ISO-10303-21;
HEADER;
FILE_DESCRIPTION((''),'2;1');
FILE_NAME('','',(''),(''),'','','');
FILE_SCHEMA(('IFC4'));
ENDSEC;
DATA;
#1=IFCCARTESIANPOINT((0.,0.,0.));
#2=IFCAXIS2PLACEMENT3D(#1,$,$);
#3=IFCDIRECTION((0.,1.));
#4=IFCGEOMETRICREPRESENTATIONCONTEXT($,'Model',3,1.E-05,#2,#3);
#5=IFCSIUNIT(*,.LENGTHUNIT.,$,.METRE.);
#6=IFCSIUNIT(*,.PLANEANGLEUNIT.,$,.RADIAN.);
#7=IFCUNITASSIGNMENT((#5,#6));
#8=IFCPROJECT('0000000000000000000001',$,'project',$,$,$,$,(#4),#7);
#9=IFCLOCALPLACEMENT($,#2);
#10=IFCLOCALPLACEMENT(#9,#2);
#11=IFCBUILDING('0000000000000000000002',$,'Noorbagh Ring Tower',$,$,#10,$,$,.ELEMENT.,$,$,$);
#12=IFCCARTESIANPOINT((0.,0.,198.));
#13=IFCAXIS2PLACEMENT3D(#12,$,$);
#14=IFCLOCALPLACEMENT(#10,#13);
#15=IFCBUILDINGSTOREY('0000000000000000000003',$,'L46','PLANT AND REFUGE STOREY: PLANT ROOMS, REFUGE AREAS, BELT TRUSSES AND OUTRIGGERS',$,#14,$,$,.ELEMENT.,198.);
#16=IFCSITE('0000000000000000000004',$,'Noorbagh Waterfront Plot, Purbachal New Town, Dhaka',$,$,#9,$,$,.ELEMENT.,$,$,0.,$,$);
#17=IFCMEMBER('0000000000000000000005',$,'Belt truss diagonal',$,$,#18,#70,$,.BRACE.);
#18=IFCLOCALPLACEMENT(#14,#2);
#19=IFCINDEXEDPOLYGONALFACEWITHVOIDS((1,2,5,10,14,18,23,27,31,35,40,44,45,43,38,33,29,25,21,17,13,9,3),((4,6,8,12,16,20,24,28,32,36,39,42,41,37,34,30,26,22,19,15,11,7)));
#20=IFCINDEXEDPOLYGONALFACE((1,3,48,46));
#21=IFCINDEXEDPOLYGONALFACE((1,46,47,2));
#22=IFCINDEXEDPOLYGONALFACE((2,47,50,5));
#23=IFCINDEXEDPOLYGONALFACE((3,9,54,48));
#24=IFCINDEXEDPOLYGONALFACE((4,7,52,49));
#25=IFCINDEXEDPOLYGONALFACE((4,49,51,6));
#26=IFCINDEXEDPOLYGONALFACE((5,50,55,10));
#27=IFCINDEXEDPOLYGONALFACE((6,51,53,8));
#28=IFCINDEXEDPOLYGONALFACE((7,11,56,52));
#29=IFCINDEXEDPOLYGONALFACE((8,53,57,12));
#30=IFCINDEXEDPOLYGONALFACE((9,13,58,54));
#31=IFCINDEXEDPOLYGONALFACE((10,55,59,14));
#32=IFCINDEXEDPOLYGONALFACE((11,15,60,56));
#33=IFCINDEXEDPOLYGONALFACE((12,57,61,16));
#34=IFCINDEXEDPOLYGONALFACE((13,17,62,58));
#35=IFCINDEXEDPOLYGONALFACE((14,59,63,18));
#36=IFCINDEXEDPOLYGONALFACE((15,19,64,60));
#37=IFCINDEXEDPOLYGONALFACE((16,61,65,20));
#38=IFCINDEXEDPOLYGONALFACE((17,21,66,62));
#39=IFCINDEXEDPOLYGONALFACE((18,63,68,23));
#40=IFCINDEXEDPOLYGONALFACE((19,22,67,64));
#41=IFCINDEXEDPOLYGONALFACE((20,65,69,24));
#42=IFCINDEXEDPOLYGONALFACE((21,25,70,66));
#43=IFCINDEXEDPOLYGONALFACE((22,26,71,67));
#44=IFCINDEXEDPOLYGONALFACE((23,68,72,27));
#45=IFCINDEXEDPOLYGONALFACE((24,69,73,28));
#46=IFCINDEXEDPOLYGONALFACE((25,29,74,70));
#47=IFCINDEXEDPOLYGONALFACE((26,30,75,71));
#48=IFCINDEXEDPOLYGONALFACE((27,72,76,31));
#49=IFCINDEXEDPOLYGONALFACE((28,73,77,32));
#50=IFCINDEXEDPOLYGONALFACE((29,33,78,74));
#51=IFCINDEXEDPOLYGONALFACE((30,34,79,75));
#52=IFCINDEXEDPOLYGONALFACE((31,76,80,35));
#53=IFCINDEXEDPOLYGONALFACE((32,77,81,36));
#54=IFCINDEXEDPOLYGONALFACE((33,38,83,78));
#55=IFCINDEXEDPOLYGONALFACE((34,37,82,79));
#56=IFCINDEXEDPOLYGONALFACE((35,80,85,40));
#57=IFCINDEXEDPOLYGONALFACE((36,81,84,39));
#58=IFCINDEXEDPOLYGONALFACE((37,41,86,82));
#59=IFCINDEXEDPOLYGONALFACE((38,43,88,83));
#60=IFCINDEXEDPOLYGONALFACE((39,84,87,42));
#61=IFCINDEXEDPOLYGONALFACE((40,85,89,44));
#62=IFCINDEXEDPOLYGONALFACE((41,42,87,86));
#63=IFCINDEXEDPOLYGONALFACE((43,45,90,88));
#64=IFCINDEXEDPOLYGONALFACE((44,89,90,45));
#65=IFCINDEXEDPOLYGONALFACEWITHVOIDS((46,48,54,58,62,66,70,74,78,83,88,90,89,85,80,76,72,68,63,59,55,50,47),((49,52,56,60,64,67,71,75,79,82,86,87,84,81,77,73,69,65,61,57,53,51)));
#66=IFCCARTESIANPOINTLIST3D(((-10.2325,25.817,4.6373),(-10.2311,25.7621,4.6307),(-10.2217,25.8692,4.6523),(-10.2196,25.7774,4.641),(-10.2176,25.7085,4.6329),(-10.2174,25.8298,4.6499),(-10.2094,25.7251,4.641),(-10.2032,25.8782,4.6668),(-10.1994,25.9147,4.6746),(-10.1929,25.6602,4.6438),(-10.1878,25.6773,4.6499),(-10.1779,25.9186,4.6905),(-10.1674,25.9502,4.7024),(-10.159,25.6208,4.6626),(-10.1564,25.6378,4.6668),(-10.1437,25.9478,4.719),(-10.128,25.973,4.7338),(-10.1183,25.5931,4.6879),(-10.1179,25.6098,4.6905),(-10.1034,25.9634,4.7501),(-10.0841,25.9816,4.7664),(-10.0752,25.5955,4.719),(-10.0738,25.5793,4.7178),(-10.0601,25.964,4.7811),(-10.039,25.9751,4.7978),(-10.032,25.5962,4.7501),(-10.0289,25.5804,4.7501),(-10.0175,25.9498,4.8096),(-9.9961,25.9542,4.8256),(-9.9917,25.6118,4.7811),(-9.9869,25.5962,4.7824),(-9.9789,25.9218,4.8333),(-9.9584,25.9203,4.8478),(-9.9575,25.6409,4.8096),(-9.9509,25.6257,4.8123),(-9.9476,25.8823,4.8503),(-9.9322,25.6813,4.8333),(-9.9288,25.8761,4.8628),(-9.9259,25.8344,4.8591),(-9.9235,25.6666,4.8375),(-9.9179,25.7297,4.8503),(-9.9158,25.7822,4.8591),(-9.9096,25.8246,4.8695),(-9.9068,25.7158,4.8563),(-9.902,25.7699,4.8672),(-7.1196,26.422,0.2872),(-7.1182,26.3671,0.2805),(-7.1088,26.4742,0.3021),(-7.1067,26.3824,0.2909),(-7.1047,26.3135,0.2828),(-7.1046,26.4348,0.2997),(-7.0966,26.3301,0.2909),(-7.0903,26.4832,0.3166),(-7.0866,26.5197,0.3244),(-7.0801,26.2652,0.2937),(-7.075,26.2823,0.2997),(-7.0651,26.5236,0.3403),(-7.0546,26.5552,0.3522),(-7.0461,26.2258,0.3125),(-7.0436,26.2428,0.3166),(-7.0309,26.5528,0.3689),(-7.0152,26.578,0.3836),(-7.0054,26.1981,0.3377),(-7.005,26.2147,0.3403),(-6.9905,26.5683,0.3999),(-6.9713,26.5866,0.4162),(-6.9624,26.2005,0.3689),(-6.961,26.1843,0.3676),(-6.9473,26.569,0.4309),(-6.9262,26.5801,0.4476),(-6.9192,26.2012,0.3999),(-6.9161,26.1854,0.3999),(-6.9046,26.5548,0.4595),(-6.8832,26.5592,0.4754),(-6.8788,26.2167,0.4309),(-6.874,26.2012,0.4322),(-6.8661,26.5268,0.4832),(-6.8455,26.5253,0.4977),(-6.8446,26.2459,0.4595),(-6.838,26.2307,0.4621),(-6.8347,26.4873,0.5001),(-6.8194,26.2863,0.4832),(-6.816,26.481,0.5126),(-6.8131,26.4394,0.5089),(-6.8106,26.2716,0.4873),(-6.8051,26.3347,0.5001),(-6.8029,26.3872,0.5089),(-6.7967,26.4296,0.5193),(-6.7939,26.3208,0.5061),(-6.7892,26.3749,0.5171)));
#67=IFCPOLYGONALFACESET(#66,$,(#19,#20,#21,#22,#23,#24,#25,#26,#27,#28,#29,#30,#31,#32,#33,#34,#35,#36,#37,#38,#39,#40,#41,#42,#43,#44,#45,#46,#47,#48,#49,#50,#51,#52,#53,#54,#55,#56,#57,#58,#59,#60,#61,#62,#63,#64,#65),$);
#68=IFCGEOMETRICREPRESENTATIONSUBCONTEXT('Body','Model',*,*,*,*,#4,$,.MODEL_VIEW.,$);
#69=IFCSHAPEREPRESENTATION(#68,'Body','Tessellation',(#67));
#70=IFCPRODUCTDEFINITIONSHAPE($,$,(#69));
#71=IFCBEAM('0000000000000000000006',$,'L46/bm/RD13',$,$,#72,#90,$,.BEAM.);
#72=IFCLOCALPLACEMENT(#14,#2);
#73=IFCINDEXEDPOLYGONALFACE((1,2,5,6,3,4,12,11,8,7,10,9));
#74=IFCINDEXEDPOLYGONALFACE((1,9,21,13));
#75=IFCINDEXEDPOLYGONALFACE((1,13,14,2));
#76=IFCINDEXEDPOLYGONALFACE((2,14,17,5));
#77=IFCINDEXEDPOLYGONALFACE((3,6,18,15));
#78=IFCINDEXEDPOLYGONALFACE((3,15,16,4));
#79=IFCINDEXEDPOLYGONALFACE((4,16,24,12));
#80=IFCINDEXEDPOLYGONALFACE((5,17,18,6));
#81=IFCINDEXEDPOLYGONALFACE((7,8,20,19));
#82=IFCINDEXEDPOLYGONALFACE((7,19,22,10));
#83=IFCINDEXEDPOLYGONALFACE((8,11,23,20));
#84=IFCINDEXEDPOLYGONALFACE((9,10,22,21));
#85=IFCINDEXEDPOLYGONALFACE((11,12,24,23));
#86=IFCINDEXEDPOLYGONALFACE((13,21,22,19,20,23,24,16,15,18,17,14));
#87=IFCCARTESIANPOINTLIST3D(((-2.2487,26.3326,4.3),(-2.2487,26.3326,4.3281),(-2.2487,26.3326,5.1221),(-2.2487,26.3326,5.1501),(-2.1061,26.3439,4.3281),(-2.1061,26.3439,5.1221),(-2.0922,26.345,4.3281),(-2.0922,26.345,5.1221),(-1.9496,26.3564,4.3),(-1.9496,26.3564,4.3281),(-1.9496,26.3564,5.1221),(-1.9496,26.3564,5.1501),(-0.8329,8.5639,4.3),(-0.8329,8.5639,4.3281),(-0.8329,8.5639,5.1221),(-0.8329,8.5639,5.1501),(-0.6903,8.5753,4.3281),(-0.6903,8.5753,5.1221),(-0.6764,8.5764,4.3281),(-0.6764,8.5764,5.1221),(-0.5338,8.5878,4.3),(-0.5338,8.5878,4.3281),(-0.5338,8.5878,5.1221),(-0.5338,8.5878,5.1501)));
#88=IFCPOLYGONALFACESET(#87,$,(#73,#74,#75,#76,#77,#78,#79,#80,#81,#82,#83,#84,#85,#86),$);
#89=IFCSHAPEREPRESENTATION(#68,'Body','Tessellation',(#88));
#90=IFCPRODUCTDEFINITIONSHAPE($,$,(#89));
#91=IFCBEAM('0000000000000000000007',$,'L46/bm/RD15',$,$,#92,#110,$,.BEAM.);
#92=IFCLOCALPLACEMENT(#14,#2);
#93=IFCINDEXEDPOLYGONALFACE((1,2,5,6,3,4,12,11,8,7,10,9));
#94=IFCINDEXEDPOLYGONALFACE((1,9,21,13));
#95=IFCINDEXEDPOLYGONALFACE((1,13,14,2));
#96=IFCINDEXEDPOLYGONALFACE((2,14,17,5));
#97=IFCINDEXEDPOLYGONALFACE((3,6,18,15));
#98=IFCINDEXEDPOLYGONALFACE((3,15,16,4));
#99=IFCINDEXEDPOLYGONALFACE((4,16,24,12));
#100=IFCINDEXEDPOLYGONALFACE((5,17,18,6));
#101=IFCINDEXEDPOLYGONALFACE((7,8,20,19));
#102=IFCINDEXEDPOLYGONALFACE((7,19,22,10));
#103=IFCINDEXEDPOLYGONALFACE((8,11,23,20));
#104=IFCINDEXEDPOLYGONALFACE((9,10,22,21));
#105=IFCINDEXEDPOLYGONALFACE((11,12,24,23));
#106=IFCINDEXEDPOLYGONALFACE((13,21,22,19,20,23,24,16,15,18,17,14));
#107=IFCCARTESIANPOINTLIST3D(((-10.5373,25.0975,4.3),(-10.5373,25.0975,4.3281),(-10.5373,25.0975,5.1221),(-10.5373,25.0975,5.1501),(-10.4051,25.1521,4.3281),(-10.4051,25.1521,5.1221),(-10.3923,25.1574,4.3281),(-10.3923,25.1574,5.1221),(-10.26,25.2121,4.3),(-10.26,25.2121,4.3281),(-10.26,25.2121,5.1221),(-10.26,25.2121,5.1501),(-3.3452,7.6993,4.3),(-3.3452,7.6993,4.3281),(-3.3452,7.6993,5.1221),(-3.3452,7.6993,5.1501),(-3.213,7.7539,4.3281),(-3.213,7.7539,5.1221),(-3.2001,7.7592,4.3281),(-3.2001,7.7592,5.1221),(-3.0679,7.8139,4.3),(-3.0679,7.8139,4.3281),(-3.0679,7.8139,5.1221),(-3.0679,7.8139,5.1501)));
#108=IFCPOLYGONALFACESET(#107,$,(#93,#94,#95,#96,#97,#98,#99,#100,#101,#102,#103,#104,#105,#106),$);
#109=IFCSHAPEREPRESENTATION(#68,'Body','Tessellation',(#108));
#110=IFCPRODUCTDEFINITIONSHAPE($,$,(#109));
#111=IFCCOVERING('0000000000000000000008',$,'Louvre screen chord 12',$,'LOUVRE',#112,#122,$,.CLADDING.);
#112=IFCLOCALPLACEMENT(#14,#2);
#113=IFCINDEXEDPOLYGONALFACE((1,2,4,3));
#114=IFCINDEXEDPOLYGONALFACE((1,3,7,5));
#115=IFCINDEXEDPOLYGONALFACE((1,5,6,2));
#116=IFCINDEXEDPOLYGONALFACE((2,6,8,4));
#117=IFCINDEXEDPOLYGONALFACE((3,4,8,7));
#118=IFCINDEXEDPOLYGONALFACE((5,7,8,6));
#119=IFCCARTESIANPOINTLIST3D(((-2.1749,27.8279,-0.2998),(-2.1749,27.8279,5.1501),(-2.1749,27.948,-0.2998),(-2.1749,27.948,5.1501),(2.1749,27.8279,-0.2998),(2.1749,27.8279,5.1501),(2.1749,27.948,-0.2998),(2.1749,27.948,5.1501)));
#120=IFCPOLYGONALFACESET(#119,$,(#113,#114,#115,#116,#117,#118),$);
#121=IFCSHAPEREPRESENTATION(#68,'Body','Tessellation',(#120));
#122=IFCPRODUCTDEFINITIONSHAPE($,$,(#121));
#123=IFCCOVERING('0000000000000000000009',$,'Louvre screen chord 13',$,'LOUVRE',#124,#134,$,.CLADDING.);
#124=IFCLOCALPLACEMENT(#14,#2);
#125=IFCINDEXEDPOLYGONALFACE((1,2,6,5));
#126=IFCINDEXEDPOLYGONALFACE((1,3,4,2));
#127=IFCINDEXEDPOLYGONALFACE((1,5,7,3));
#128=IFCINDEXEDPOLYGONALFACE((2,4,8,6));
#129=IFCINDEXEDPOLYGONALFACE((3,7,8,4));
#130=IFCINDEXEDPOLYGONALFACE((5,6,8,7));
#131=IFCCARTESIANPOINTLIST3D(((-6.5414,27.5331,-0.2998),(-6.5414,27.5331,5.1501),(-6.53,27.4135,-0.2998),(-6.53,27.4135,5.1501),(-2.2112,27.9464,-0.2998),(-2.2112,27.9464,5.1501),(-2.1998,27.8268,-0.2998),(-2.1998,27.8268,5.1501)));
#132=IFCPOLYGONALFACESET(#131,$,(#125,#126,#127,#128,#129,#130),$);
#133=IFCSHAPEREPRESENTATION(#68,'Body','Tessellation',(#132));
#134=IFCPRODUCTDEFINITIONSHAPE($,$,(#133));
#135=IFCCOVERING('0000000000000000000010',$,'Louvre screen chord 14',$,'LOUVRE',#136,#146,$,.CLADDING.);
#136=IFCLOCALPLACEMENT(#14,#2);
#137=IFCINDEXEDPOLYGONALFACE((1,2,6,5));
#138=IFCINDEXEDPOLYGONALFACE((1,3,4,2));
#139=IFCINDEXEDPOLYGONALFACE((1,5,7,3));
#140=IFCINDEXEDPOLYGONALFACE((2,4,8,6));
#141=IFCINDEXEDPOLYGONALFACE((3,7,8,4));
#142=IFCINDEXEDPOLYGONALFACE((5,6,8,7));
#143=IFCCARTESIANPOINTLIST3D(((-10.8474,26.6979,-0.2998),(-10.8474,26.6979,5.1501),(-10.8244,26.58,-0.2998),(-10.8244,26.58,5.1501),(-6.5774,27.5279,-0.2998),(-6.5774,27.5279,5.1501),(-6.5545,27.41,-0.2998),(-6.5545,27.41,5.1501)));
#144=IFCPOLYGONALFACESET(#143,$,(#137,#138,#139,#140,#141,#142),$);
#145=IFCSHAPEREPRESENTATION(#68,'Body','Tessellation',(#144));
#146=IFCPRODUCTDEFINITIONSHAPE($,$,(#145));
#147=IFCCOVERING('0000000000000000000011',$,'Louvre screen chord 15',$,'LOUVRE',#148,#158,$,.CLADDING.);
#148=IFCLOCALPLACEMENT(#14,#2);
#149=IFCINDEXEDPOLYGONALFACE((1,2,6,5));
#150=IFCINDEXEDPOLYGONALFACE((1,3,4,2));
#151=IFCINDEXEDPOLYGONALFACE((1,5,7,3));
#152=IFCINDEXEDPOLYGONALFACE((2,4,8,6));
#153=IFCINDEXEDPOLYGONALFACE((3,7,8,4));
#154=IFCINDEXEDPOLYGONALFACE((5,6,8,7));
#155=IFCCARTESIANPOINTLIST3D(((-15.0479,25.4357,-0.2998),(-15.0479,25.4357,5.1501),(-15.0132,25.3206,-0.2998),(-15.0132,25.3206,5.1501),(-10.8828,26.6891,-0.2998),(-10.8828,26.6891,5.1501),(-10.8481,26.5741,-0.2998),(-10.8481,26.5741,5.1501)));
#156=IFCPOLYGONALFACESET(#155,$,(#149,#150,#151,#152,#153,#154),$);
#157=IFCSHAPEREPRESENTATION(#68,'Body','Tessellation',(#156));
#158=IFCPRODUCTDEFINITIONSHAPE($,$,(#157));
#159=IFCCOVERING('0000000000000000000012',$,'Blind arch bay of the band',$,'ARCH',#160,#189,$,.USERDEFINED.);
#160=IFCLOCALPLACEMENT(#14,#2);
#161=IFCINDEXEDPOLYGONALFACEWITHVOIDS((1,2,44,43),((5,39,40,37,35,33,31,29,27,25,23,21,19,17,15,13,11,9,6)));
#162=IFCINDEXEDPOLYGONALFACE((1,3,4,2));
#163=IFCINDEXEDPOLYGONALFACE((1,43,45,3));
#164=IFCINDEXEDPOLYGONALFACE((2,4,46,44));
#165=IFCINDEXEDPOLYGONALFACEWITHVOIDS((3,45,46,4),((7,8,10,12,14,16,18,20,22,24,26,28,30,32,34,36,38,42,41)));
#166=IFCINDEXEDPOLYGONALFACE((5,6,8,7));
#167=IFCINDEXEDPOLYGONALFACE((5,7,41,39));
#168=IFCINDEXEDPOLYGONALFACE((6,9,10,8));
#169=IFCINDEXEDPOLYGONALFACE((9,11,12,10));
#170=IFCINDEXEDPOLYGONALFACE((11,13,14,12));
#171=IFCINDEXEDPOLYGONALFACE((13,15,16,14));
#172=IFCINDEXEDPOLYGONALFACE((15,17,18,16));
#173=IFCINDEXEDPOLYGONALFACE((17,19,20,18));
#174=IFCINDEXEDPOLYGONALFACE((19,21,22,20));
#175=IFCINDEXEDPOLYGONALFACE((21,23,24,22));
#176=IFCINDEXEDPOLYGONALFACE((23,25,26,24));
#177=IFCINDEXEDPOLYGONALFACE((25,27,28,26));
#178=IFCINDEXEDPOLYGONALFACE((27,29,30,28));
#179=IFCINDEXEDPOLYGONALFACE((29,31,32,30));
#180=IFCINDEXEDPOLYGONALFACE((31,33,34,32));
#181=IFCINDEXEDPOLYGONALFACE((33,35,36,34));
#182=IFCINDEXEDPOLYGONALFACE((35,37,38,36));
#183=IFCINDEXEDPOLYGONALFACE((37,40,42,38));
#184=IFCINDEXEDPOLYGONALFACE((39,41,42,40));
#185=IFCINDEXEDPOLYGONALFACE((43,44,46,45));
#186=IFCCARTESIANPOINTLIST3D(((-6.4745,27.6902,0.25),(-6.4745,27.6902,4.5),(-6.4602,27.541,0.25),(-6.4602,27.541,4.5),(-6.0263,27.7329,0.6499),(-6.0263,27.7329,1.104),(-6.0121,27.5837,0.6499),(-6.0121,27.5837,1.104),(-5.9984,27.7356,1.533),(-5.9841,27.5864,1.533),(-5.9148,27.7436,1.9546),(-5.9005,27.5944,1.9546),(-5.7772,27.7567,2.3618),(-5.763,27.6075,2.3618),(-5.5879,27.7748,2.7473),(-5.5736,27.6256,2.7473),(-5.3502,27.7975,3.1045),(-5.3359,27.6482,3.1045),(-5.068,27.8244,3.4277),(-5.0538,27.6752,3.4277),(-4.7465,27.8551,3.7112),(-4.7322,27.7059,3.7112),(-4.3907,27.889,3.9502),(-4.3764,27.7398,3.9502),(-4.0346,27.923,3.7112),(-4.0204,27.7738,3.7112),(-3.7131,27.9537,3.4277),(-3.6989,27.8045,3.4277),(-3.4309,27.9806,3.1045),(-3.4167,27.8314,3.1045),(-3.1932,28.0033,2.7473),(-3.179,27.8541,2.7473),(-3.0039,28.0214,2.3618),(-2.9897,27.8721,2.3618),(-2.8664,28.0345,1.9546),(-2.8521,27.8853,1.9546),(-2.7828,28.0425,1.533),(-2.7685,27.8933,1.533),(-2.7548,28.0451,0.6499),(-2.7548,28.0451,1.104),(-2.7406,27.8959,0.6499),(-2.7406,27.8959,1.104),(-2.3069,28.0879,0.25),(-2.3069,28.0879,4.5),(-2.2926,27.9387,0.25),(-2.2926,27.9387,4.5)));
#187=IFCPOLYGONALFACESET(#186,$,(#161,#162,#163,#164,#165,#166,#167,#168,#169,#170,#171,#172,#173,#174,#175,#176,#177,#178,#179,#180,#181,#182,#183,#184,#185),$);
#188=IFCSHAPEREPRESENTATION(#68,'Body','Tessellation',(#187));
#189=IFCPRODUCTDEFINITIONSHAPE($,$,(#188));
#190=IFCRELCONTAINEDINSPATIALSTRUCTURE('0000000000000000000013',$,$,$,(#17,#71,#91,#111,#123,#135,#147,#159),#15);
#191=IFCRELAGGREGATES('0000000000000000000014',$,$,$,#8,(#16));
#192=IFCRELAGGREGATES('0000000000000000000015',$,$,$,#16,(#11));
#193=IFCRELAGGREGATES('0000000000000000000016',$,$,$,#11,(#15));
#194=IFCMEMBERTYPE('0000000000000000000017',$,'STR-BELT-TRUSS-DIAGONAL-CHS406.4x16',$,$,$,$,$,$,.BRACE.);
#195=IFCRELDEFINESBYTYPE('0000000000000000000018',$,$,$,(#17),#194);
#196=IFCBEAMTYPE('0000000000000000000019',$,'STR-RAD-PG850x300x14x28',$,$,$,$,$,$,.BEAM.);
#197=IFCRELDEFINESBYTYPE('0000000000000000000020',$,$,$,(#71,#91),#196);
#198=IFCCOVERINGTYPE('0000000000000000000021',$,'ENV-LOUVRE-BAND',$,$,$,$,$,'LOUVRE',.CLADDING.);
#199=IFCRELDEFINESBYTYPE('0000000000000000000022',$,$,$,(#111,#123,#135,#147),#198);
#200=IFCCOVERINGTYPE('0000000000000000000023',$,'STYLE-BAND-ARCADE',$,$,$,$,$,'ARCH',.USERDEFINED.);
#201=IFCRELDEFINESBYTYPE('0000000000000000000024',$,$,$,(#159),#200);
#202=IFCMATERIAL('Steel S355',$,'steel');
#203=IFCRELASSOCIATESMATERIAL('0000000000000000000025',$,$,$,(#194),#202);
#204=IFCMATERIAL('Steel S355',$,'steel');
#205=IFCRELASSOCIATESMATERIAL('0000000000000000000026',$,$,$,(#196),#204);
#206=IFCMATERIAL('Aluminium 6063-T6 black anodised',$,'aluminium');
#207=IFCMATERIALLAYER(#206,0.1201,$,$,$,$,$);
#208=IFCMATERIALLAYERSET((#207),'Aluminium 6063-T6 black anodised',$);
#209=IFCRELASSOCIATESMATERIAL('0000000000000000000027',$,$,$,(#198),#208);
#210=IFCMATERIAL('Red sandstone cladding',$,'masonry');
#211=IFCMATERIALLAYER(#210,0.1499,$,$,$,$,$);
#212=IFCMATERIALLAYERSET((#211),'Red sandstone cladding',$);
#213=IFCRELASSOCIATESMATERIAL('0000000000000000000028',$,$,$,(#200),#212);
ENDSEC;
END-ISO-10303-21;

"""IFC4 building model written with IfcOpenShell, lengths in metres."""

from ifc_helpers import new_model, si_unit, direction, frame, origin, origin_2d, place, context, subcontext, project, spatial, polyline, rectangle, hollow_circle, i_section, outline, extrude, material, layer, layer_set, material_profile, profile_set, type_object, element, save


model = new_model("IFC4")

# Units and contexts
model_context = context("Model", 3, precision=1e-05, world=origin(), true_north=direction((0.0, 1.0)))
body_context = subcontext(model_context, "Body", "Model", "MODEL_VIEW")
ifc_project = project(units=[si_unit("LENGTHUNIT", "METRE"), si_unit("PLANEANGLEUNIT", "RADIAN")], contexts=[model_context])

# Site, building, storey
site_placement = place(None, origin())
site = spatial("IfcSite", under=ifc_project, at=site_placement, Name="Noorbagh Waterfront Plot, Purbachal New Town, Dhaka", CompositionType="ELEMENT", RefElevation=0.0)
building_placement = place(site_placement, origin())
building = spatial("IfcBuilding", under=site, at=building_placement, Name="Noorbagh Ring Tower", CompositionType="ELEMENT")
storey_placement = place(building_placement, frame((0.0, 0.0, 198.0)))
storey = spatial("IfcBuildingStorey", under=building, at=storey_placement, Name="L46", Description="PLANT AND REFUGE STOREY: PLANT ROOMS, REFUGE AREAS, BELT TRUSSES AND OUTRIGGERS", CompositionType="ELEMENT", Elevation=198.0)

# Member
ifc_material_1 = material(Name="Steel S355", Category="steel")
ifc_material_profile_1 = material_profile(ifc_material_1, hollow_circle(Radius=0.2031, WallThickness=0.0161, at=origin_2d()), Name="CHS406.4x16")
ifc_profile_set_1 = profile_set([ifc_material_profile_1], Name="Steel S355")
member_type = type_object("IfcMemberType", Name="STR-BELT-TRUSS-DIAGONAL-CHS406.4x16", PredefinedType="BRACE", material=ifc_profile_set_1)
member_1_placement = place(storey_placement, frame((-6.9548, 26.3848, 0.3999), z_axis=(-0.578242, -0.112383, 0.808088), x_axis=(0.190783, -0.981632, 0.0)))
element("IfcMember", 1, at=member_1_placement, inside=storey, type_object=member_type, Name="Belt truss diagonal", PredefinedType="BRACE", context=body_context, shape_type="SweptSolid", body=[
    extrude(hollow_circle(Radius=0.2031, WallThickness=0.0161, at=origin_2d()), origin(), (0.0, 0.0, 1.0), 5.3833),
])

# Beams
ifc_material_2 = material(Name="Steel S355", Category="steel")
ifc_material_profile_2 = material_profile(ifc_material_2, i_section(OverallWidth=0.3, OverallDepth=0.8501, WebThickness=0.0139, FlangeThickness=0.0281, at=origin_2d()), Name="PG850x300x14x28")
ifc_profile_set_2 = profile_set([ifc_material_profile_2], Name="Steel S355")
beam_type_1 = type_object("IfcBeamType", Name="STR-RAD-PG850x300x14x28", PredefinedType="BEAM", material=ifc_profile_set_2)
beam_1_placement = place(storey_placement, frame((-2.0991, 26.3445, 4.7251), z_axis=(0.079427, -0.996841, 0.0), x_axis=(0.996841, 0.079427, 0.0)))
element("IfcBeam", 2, at=beam_1_placement, inside=storey, type_object=beam_type_1, Name="L46/bm/RD13", PredefinedType="BEAM", context=body_context, shape_type="SweptSolid", body=[
    extrude(i_section(OverallWidth=0.3, OverallDepth=0.8501, WebThickness=0.0139, FlangeThickness=0.0281, at=origin_2d()), origin(), (0.0, 0.0, 1.0), 17.825),
])
beam_2_placement = place(storey_placement, frame((-10.3987, 25.1548, 4.7251), z_axis=(0.382029, -0.92415, 0.0), x_axis=(0.92415, 0.382029, 0.0)))
element("IfcBeam", 3, at=beam_2_placement, inside=storey, type_object=beam_type_1, Name="L46/bm/RD15", PredefinedType="BEAM", context=body_context, shape_type="SweptSolid", body=[
    extrude(i_section(OverallWidth=0.3, OverallDepth=0.8501, WebThickness=0.0139, FlangeThickness=0.0281, at=origin_2d()), origin(), (0.0, 0.0, 1.0), 18.8262),
])

# Coverings
ifc_material_3 = material(Name="Aluminium 6063-T6 black anodised", Category="aluminium")
ifc_layer_1 = layer(ifc_material_3, 0.1201)
ifc_layer_set_1 = layer_set([ifc_layer_1], Name="Aluminium 6063-T6 black anodised")
covering_type_1 = type_object("IfcCoveringType", Name="ENV-LOUVRE-BAND", ElementType="LOUVRE", PredefinedType="CLADDING", material=ifc_layer_set_1)
for number, where, z_axis, x_axis, name in (
    (4, (0.0, 27.8879, -0.2998), (0.0, 0.0, 1.0), (-1.0, 0.0, 0.0), "Louvre screen chord 12"),
    (5, (-4.3706, 27.6799, -0.2998), (0.0, 0.0, 1.0), (-0.995476, -0.095008, 0.0), "Louvre screen chord 13"),
    (6, (-8.7009, 27.054, -0.2998), (0.0, 0.0, 1.0), (-0.981625, -0.19082, 0.0), "Louvre screen chord 14"),
):
    element("IfcCovering", number, at=place(storey_placement, frame(where, z_axis=z_axis, x_axis=x_axis)), inside=storey, type_object=covering_type_1, Name=name, ObjectType="LOUVRE", PredefinedType="CLADDING", context=body_context, shape_type="SweptSolid", body=[
        extrude(rectangle(XDim=4.3499, YDim=0.1201, at=origin_2d()), origin(), (0.0, 0.0, 1.0), 5.45),
    ])
covering_1_placement = place(storey_placement, frame((-12.948, 26.0049, -0.2998), z_axis=(0.0, 0.0, 1.0), x_axis=(-0.957578, -0.288174, 0.0)))
element("IfcCovering", 7, at=covering_1_placement, inside=storey, type_object=covering_type_1, Name="Louvre screen chord 15", ObjectType="LOUVRE", PredefinedType="CLADDING", context=body_context, shape_type="SweptSolid", body=[
    extrude(rectangle(XDim=4.3496, YDim=0.1201, at=origin_2d()), origin(), (0.0, 0.0, 1.0), 5.45),
])
ifc_material_4 = material(Name="Red sandstone cladding", Category="masonry")
ifc_layer_2 = layer(ifc_material_4, 0.1499)
ifc_layer_set_2 = layer_set([ifc_layer_2], Name="Red sandstone cladding")
covering_type_2 = type_object("IfcCoveringType", Name="STYLE-BAND-ARCADE", ElementType="ARCH", PredefinedType="USERDEFINED", material=ifc_layer_set_2)
covering_2_placement = place(storey_placement, frame((-2.3069, 28.0879, 0.25), z_axis=(-0.094999, 0.995477, 0.0), x_axis=(-0.995477, -0.094999, 0.0)))
element("IfcCovering", 8, at=covering_2_placement, inside=storey, type_object=covering_type_2, Name="Blind arch bay of the band", ObjectType="ARCH", PredefinedType="USERDEFINED", context=body_context, shape_type="SweptSolid", body=[
    extrude(outline(polyline([(0.0, 0.0), (4.1865, 0.0), (4.1865, 4.25), (0.0, 4.25), (0.0, 0.0)]), holes=[polyline([(0.45, 0.3999), (0.45, 0.854), (0.478, 1.283), (0.562, 1.7046), (0.7002, 2.1118), (0.8904, 2.4973), (1.1292, 2.8545), (1.4126, 3.1777), (1.7356, 3.4612), (2.0933, 3.7002), (2.4507, 3.4612), (2.7737, 3.1777), (3.0571, 2.8545), (3.2959, 2.4973), (3.4861, 2.1118), (3.6243, 1.7046), (3.7083, 1.283), (3.7363, 0.854), (3.7363, 0.3999), (0.45, 0.3999)])]), origin(), (0.0, 0.0, -1.0), 0.1499),
])

save(model, "model.ifc")
